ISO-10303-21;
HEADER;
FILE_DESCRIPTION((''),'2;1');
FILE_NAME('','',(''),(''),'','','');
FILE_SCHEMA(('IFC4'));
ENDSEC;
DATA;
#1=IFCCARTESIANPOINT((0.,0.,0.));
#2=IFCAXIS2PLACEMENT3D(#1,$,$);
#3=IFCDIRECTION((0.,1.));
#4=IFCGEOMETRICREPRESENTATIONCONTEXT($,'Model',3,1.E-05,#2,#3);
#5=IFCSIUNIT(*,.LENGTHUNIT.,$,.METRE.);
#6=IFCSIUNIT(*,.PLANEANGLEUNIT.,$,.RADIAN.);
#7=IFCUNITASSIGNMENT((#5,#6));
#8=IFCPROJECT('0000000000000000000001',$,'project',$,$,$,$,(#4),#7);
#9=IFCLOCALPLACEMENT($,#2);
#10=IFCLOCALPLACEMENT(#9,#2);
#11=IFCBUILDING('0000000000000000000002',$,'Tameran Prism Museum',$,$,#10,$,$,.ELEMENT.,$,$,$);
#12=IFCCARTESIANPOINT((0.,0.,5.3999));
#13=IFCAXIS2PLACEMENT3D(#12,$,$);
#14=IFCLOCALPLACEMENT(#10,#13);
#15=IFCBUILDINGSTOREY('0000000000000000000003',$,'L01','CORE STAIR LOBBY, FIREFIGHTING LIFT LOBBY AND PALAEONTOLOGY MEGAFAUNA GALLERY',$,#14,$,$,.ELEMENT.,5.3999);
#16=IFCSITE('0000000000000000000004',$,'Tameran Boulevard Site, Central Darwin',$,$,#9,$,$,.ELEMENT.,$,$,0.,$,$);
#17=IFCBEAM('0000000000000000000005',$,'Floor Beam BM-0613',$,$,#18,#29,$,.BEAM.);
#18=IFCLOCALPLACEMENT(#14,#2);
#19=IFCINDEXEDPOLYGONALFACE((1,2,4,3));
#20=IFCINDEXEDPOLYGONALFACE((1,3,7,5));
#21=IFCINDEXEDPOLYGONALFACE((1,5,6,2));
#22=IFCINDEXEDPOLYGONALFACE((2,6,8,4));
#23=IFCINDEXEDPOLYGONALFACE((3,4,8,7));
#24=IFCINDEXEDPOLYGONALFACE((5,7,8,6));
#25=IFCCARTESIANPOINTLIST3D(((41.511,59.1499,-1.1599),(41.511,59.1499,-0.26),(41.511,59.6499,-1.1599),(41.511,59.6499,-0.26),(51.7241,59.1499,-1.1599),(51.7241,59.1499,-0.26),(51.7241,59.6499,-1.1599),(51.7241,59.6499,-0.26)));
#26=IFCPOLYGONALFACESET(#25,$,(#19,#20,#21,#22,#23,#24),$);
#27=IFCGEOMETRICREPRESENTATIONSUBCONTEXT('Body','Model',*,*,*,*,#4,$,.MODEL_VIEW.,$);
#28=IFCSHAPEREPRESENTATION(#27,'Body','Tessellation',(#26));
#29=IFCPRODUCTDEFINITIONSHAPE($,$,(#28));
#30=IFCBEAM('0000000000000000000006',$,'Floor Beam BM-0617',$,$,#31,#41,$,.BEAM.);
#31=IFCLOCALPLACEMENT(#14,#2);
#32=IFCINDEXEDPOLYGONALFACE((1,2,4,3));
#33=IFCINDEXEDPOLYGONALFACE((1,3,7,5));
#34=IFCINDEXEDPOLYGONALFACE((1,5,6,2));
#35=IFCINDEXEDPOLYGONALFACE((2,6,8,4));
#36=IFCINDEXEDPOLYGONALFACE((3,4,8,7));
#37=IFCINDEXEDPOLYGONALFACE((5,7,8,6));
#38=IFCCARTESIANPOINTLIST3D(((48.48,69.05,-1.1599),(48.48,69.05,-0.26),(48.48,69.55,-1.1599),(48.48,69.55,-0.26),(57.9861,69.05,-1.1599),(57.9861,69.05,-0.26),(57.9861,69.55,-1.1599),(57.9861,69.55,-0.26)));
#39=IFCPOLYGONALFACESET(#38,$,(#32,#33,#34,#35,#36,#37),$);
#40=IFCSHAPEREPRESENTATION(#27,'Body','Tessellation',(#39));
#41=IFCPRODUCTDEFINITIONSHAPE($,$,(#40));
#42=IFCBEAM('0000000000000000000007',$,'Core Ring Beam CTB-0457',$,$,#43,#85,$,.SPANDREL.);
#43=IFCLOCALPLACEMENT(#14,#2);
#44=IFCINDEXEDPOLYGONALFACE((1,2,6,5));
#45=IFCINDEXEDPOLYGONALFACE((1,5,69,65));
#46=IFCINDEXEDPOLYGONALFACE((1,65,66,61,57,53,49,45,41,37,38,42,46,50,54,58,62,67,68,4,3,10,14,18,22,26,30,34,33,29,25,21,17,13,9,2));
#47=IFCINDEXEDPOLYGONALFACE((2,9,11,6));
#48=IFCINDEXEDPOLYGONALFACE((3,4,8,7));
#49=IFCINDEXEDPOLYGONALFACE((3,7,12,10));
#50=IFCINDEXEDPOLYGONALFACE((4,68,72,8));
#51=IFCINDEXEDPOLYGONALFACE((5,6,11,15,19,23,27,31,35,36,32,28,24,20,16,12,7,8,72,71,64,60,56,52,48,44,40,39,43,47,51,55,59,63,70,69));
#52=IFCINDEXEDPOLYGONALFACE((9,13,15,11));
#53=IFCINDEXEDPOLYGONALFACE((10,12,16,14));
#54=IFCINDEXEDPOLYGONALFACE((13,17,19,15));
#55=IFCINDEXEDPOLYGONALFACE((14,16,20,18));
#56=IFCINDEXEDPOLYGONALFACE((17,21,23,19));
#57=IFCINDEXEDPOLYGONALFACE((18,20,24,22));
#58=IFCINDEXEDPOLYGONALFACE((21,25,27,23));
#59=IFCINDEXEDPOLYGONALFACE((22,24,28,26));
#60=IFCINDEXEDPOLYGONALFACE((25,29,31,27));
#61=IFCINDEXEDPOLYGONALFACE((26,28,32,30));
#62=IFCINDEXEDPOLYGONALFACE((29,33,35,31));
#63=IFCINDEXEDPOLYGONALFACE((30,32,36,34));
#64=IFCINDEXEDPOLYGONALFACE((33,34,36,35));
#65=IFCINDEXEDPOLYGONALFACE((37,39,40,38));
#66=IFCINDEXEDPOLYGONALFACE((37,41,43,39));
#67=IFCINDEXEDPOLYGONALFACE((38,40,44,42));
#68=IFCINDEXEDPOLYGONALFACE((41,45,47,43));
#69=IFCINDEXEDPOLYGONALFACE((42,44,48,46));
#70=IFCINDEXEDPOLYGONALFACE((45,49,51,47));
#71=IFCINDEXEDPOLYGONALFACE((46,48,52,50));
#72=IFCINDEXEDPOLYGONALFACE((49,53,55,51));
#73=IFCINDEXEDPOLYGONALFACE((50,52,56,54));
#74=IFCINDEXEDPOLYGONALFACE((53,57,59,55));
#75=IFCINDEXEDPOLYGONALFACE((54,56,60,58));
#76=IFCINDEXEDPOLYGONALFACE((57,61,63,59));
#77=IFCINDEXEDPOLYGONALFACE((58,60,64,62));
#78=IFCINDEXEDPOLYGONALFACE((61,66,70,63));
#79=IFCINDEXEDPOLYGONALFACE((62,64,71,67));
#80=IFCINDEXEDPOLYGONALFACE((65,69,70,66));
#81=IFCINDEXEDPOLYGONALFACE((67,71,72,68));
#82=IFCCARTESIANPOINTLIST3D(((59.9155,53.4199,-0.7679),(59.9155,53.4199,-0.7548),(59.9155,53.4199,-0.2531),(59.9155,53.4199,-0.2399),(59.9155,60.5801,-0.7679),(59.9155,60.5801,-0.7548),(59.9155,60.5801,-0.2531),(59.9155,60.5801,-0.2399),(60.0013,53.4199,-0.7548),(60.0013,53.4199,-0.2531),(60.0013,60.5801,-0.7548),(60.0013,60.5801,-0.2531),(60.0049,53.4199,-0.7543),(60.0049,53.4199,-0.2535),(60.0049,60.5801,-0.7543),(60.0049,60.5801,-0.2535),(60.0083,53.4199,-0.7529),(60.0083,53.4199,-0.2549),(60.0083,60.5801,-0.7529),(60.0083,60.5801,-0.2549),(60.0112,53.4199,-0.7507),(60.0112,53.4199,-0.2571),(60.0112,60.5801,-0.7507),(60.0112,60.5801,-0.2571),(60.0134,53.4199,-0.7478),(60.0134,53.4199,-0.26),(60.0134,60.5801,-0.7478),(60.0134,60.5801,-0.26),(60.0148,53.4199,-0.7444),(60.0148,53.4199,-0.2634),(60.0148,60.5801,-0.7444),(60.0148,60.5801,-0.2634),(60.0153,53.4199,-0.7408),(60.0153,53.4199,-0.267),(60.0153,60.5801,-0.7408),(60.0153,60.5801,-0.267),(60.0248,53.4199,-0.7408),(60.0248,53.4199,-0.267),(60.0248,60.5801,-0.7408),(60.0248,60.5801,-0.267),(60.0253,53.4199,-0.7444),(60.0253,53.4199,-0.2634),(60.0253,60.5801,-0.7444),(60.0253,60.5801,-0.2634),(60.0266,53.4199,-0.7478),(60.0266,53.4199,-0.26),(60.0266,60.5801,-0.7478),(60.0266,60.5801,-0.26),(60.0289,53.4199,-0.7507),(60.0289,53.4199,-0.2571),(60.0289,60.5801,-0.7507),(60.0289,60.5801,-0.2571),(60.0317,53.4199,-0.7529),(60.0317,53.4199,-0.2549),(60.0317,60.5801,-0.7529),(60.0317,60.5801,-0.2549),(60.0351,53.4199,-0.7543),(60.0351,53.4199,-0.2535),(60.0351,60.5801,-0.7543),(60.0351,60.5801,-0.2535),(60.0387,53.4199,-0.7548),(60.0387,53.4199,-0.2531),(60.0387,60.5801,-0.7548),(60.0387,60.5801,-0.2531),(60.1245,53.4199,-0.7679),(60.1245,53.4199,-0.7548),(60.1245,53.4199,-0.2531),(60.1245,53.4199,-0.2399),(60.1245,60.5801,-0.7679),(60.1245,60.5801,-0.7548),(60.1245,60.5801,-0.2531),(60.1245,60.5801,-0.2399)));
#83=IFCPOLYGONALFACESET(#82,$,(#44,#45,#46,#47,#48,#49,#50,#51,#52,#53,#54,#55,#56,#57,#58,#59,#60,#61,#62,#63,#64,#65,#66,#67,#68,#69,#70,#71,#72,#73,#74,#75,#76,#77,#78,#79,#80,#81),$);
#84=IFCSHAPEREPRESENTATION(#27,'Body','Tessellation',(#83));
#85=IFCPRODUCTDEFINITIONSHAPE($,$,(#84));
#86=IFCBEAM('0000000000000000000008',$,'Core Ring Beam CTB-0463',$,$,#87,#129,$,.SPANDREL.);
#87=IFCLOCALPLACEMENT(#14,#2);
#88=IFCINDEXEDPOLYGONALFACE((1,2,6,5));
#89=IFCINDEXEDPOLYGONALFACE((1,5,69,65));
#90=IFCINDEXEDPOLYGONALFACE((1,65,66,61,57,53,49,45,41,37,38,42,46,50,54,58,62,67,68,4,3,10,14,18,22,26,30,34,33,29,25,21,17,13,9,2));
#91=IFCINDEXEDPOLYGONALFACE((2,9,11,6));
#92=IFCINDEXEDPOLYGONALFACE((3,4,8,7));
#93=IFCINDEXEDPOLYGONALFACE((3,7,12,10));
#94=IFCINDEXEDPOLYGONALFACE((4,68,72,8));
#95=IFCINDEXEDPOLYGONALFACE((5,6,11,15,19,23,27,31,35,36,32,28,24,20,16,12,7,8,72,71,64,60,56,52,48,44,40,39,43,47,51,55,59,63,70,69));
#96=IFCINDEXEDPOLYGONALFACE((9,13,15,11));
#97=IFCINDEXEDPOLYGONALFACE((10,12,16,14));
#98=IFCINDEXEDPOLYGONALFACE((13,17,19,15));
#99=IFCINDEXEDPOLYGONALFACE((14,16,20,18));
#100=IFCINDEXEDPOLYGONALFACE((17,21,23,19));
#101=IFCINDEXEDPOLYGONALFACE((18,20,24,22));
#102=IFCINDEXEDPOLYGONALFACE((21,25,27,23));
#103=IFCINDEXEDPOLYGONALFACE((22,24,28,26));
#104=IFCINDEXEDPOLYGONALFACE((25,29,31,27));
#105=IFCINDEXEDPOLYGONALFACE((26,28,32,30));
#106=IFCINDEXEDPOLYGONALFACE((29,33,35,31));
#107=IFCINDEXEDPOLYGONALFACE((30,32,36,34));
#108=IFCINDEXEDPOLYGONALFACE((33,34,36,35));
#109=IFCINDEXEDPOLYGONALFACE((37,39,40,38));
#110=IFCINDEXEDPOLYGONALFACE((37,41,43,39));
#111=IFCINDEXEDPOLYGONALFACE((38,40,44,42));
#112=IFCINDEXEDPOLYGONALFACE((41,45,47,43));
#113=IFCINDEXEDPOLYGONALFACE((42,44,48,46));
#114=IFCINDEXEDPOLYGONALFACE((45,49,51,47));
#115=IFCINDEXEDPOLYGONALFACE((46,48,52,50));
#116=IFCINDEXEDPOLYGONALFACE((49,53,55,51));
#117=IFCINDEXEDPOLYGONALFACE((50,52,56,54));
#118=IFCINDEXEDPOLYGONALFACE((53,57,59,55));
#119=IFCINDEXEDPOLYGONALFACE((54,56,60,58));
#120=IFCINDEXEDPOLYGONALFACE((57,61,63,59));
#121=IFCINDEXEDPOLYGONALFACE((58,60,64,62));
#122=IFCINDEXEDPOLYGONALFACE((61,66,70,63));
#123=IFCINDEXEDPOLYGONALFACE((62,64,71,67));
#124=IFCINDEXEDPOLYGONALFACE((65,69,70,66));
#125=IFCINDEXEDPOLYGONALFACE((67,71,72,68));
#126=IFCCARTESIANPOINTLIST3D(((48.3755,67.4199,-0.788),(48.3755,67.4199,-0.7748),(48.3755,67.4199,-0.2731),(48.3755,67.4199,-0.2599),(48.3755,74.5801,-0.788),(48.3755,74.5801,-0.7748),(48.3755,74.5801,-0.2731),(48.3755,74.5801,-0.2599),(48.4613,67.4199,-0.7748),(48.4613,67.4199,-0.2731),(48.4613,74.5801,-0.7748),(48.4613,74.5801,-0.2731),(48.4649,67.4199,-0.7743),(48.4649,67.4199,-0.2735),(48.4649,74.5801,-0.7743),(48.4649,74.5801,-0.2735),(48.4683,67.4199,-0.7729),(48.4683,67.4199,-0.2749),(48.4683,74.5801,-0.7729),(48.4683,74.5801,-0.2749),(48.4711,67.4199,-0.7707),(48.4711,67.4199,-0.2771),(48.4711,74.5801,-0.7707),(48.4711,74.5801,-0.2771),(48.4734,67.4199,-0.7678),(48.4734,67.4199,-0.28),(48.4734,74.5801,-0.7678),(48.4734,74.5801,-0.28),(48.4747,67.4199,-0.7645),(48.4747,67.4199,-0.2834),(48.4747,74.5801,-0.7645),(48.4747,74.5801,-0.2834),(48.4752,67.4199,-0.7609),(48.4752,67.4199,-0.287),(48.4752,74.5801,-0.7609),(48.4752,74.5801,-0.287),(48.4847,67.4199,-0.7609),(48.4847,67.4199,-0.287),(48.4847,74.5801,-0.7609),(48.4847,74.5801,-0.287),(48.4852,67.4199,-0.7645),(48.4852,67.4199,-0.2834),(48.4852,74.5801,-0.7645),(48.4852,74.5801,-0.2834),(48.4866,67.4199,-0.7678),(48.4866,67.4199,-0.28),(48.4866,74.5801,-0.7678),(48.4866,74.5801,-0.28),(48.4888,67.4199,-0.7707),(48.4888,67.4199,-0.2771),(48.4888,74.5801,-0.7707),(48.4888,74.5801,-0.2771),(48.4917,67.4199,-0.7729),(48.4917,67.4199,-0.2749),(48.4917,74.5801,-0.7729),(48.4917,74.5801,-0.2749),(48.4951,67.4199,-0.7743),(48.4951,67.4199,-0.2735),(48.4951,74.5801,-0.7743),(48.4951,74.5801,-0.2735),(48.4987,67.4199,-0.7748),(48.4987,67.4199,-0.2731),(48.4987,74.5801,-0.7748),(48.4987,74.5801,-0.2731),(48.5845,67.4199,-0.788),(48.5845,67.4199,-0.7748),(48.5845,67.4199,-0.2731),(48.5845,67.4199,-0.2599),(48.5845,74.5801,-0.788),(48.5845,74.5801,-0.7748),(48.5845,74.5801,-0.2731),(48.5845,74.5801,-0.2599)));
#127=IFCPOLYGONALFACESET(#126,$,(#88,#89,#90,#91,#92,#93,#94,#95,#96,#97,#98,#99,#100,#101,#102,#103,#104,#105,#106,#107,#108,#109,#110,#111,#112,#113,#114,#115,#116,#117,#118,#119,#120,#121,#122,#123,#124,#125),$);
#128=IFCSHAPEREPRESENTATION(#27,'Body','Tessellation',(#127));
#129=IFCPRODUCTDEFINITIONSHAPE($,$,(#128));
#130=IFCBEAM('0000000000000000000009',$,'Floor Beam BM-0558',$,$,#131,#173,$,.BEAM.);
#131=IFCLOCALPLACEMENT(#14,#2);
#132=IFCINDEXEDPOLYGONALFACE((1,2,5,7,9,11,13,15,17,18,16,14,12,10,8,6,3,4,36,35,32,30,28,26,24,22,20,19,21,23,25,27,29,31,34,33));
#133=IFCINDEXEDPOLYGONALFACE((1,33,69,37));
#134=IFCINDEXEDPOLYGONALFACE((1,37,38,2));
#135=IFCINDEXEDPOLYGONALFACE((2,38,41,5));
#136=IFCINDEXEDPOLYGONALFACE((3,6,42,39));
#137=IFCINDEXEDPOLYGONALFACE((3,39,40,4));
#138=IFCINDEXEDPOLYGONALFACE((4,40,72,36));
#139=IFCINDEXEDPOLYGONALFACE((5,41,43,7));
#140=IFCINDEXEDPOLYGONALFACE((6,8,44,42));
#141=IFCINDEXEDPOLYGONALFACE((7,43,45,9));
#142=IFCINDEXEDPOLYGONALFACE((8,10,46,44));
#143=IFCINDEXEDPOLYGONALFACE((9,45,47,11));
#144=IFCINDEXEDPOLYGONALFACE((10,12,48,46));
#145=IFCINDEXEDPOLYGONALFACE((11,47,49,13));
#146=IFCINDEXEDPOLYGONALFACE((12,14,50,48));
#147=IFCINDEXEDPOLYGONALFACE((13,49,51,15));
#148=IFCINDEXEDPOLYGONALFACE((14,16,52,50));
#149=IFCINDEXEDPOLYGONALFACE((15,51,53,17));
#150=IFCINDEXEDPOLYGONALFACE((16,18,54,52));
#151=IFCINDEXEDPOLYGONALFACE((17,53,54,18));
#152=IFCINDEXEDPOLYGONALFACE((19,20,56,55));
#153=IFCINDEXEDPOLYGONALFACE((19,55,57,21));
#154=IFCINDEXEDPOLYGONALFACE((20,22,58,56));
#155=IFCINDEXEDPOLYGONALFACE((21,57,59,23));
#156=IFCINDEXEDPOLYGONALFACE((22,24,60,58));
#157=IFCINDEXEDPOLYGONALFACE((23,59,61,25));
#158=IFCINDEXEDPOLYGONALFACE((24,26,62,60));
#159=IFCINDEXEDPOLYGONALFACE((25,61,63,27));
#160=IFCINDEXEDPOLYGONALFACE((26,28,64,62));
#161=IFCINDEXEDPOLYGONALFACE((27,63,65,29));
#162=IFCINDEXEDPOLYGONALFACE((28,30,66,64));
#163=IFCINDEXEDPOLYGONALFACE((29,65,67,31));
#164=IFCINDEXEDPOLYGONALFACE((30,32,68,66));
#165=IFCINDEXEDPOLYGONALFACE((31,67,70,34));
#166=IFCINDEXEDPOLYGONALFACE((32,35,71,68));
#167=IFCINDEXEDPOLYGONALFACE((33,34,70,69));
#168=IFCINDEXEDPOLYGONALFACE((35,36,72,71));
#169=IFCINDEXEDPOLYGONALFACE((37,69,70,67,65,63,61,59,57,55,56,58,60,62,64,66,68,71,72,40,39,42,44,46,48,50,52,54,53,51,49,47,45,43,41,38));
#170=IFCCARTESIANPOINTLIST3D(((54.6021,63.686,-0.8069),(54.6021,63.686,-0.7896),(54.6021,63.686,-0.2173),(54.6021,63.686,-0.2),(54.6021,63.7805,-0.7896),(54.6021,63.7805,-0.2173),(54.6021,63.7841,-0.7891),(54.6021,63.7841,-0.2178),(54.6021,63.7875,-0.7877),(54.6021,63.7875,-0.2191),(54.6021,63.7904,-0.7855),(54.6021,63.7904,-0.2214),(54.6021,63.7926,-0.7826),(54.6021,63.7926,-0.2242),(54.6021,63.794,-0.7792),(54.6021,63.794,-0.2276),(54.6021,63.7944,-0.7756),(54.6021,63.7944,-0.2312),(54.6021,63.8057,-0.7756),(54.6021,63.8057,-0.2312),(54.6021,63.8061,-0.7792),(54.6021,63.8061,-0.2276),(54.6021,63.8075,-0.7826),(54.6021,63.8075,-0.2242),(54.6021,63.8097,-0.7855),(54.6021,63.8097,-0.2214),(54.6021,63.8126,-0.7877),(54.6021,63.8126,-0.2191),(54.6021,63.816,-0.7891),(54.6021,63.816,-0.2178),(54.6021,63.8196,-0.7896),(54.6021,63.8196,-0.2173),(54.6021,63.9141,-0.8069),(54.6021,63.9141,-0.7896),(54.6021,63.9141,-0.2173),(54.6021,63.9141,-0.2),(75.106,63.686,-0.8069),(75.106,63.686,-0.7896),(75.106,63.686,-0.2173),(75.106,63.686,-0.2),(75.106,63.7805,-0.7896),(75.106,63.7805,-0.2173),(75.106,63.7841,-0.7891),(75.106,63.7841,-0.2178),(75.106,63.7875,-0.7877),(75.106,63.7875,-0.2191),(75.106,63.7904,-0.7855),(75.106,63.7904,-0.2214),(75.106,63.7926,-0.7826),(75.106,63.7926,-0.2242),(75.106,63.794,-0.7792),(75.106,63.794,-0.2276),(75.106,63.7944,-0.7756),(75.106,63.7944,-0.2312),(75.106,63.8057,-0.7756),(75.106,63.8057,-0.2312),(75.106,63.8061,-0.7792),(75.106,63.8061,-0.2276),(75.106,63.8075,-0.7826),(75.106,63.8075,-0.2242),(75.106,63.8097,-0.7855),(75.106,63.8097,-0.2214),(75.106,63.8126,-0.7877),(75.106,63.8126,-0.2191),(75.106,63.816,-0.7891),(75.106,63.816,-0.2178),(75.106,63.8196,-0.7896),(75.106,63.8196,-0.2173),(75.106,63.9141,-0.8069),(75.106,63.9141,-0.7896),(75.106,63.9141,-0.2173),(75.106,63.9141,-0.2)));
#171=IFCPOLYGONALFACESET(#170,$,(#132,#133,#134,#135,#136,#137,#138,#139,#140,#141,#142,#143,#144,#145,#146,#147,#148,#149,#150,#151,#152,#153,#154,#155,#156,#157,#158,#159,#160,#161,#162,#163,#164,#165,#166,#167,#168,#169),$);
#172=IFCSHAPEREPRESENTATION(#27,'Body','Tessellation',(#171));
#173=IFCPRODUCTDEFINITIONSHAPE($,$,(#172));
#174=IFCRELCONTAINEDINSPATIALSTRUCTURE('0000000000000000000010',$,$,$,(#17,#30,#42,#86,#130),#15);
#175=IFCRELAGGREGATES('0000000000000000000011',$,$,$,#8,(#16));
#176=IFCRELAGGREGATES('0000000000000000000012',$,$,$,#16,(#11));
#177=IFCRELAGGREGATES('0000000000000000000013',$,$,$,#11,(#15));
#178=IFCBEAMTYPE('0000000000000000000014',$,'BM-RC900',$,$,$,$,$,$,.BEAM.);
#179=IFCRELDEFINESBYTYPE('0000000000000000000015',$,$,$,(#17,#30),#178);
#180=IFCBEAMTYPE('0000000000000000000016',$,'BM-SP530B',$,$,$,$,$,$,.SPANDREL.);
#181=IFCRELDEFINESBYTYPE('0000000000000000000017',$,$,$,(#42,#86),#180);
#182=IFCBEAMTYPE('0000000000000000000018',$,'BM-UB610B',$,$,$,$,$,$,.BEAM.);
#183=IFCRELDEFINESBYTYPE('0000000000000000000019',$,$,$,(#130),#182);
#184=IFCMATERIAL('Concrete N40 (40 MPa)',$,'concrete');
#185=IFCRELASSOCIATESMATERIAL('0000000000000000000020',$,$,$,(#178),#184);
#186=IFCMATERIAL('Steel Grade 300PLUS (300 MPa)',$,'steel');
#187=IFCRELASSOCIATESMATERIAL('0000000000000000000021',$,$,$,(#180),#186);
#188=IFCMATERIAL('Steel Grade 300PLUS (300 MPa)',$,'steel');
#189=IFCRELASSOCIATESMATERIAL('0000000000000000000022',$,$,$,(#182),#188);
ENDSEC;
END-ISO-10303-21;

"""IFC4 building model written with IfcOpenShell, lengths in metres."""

from ifc_helpers import new_model, si_unit, direction, frame, origin, origin_2d, place, context, subcontext, project, spatial, rectangle, i_section, extrude, material, material_profile, profile_set, type_object, element, save


model = new_model("IFC4")

# Units and contexts
model_context = context("Model", 3, precision=1e-05, world=origin(), true_north=direction((0.0, 1.0)))
body_context = subcontext(model_context, "Body", "Model", "MODEL_VIEW")
ifc_project = project(units=[si_unit("LENGTHUNIT", "METRE"), si_unit("PLANEANGLEUNIT", "RADIAN")], contexts=[model_context])

# Site, building, storey
site_placement = place(None, origin())
site = spatial("IfcSite", under=ifc_project, at=site_placement, Name="Tameran Boulevard Site, Central Darwin", CompositionType="ELEMENT", RefElevation=0.0)
building_placement = place(site_placement, origin())
building = spatial("IfcBuilding", under=site, at=building_placement, Name="Tameran Prism Museum", CompositionType="ELEMENT")
storey_placement = place(building_placement, frame((0.0, 0.0, 5.3999)))
storey = spatial("IfcBuildingStorey", under=building, at=storey_placement, Name="L01", Description="CORE STAIR LOBBY, FIREFIGHTING LIFT LOBBY AND PALAEONTOLOGY MEGAFAUNA GALLERY", CompositionType="ELEMENT", Elevation=5.3999)

# Beams
ifc_material_1 = material(Name="Concrete N40 (40 MPa)", Category="concrete")
ifc_material_profile_1 = material_profile(ifc_material_1, rectangle(XDim=0.5, YDim=0.8999, at=origin_2d()))
ifc_profile_set_1 = profile_set([ifc_material_profile_1])
beam_type_1 = type_object("IfcBeamType", Name="BM-RC900", PredefinedType="BEAM", material=ifc_profile_set_1)
beam_1_placement = place(storey_placement, frame((41.511, 59.3999, -0.71), z_axis=(1.0, 0.0, 0.0), x_axis=(0.0, 1.0, 0.0)))
element("IfcBeam", 1, at=beam_1_placement, inside=storey, type_object=beam_type_1, Name="Floor Beam BM-0613", PredefinedType="BEAM", context=body_context, shape_type="SweptSolid", body=[
    extrude(rectangle(XDim=0.5, YDim=0.8999, at=origin_2d()), origin(), (0.0, 0.0, 1.0), 10.2131),
])
beam_2_placement = place(storey_placement, frame((48.48, 69.3, -0.71), z_axis=(1.0, 0.0, 0.0), x_axis=(0.0, 1.0, 0.0)))
element("IfcBeam", 2, at=beam_2_placement, inside=storey, type_object=beam_type_1, Name="Floor Beam BM-0617", PredefinedType="BEAM", context=body_context, shape_type="SweptSolid", body=[
    extrude(rectangle(XDim=0.5, YDim=0.8999, at=origin_2d()), origin(), (0.0, 0.0, 1.0), 9.5061),
])
ifc_material_2 = material(Name="Steel Grade 300PLUS (300 MPa)", Category="steel")
ifc_material_profile_2 = material_profile(ifc_material_2, i_section(OverallWidth=0.209, OverallDepth=0.5281, WebThickness=0.0095, FlangeThickness=0.0132, FilletRadius=0.0139, at=origin_2d()))
ifc_profile_set_2 = profile_set([ifc_material_profile_2])
beam_type_2 = type_object("IfcBeamType", Name="BM-SP530B", PredefinedType="SPANDREL", material=ifc_profile_set_2)
for number, where, z_axis, x_axis, name in (
    (3, (60.02, 60.5801, -0.5039), (0.0, -1.0, 0.0), (1.0, 0.0, 0.0), "Core Ring Beam CTB-0457"),
    (4, (48.48, 67.4199, -0.5239), (0.0, 1.0, 0.0), (-1.0, 0.0, 0.0), "Core Ring Beam CTB-0463"),
):
    element("IfcBeam", number, at=place(storey_placement, frame(where, z_axis=z_axis, x_axis=x_axis)), inside=storey, type_object=beam_type_2, Name=name, PredefinedType="SPANDREL", context=body_context, shape_type="SweptSolid", body=[
        extrude(i_section(OverallWidth=0.209, OverallDepth=0.5281, WebThickness=0.0095, FlangeThickness=0.0132, FilletRadius=0.0139, at=origin_2d()), origin(), (0.0, 0.0, 1.0), 7.1602),
    ])
ifc_material_3 = material(Name="Steel Grade 300PLUS (300 MPa)", Category="steel")
ifc_material_profile_3 = material_profile(ifc_material_3, i_section(OverallWidth=0.228, OverallDepth=0.6069, WebThickness=0.0112, FlangeThickness=0.0173, FilletRadius=0.0139, at=origin_2d()))
ifc_profile_set_3 = profile_set([ifc_material_profile_3])
beam_type_3 = type_object("IfcBeamType", Name="BM-UB610B", PredefinedType="BEAM", material=ifc_profile_set_3)
beam_3_placement = place(storey_placement, frame((54.6021, 63.8, -0.5034), z_axis=(1.0, 0.0, 0.0), x_axis=(0.0, 1.0, 0.0)))
element("IfcBeam", 5, at=beam_3_placement, inside=storey, type_object=beam_type_3, Name="Floor Beam BM-0558", PredefinedType="BEAM", context=body_context, shape_type="SweptSolid", body=[
    extrude(i_section(OverallWidth=0.228, OverallDepth=0.6069, WebThickness=0.0112, FlangeThickness=0.0173, FilletRadius=0.0139, at=origin_2d()), origin(), (0.0, 0.0, 1.0), 20.5039),
])

save(model, "model.ifc")
